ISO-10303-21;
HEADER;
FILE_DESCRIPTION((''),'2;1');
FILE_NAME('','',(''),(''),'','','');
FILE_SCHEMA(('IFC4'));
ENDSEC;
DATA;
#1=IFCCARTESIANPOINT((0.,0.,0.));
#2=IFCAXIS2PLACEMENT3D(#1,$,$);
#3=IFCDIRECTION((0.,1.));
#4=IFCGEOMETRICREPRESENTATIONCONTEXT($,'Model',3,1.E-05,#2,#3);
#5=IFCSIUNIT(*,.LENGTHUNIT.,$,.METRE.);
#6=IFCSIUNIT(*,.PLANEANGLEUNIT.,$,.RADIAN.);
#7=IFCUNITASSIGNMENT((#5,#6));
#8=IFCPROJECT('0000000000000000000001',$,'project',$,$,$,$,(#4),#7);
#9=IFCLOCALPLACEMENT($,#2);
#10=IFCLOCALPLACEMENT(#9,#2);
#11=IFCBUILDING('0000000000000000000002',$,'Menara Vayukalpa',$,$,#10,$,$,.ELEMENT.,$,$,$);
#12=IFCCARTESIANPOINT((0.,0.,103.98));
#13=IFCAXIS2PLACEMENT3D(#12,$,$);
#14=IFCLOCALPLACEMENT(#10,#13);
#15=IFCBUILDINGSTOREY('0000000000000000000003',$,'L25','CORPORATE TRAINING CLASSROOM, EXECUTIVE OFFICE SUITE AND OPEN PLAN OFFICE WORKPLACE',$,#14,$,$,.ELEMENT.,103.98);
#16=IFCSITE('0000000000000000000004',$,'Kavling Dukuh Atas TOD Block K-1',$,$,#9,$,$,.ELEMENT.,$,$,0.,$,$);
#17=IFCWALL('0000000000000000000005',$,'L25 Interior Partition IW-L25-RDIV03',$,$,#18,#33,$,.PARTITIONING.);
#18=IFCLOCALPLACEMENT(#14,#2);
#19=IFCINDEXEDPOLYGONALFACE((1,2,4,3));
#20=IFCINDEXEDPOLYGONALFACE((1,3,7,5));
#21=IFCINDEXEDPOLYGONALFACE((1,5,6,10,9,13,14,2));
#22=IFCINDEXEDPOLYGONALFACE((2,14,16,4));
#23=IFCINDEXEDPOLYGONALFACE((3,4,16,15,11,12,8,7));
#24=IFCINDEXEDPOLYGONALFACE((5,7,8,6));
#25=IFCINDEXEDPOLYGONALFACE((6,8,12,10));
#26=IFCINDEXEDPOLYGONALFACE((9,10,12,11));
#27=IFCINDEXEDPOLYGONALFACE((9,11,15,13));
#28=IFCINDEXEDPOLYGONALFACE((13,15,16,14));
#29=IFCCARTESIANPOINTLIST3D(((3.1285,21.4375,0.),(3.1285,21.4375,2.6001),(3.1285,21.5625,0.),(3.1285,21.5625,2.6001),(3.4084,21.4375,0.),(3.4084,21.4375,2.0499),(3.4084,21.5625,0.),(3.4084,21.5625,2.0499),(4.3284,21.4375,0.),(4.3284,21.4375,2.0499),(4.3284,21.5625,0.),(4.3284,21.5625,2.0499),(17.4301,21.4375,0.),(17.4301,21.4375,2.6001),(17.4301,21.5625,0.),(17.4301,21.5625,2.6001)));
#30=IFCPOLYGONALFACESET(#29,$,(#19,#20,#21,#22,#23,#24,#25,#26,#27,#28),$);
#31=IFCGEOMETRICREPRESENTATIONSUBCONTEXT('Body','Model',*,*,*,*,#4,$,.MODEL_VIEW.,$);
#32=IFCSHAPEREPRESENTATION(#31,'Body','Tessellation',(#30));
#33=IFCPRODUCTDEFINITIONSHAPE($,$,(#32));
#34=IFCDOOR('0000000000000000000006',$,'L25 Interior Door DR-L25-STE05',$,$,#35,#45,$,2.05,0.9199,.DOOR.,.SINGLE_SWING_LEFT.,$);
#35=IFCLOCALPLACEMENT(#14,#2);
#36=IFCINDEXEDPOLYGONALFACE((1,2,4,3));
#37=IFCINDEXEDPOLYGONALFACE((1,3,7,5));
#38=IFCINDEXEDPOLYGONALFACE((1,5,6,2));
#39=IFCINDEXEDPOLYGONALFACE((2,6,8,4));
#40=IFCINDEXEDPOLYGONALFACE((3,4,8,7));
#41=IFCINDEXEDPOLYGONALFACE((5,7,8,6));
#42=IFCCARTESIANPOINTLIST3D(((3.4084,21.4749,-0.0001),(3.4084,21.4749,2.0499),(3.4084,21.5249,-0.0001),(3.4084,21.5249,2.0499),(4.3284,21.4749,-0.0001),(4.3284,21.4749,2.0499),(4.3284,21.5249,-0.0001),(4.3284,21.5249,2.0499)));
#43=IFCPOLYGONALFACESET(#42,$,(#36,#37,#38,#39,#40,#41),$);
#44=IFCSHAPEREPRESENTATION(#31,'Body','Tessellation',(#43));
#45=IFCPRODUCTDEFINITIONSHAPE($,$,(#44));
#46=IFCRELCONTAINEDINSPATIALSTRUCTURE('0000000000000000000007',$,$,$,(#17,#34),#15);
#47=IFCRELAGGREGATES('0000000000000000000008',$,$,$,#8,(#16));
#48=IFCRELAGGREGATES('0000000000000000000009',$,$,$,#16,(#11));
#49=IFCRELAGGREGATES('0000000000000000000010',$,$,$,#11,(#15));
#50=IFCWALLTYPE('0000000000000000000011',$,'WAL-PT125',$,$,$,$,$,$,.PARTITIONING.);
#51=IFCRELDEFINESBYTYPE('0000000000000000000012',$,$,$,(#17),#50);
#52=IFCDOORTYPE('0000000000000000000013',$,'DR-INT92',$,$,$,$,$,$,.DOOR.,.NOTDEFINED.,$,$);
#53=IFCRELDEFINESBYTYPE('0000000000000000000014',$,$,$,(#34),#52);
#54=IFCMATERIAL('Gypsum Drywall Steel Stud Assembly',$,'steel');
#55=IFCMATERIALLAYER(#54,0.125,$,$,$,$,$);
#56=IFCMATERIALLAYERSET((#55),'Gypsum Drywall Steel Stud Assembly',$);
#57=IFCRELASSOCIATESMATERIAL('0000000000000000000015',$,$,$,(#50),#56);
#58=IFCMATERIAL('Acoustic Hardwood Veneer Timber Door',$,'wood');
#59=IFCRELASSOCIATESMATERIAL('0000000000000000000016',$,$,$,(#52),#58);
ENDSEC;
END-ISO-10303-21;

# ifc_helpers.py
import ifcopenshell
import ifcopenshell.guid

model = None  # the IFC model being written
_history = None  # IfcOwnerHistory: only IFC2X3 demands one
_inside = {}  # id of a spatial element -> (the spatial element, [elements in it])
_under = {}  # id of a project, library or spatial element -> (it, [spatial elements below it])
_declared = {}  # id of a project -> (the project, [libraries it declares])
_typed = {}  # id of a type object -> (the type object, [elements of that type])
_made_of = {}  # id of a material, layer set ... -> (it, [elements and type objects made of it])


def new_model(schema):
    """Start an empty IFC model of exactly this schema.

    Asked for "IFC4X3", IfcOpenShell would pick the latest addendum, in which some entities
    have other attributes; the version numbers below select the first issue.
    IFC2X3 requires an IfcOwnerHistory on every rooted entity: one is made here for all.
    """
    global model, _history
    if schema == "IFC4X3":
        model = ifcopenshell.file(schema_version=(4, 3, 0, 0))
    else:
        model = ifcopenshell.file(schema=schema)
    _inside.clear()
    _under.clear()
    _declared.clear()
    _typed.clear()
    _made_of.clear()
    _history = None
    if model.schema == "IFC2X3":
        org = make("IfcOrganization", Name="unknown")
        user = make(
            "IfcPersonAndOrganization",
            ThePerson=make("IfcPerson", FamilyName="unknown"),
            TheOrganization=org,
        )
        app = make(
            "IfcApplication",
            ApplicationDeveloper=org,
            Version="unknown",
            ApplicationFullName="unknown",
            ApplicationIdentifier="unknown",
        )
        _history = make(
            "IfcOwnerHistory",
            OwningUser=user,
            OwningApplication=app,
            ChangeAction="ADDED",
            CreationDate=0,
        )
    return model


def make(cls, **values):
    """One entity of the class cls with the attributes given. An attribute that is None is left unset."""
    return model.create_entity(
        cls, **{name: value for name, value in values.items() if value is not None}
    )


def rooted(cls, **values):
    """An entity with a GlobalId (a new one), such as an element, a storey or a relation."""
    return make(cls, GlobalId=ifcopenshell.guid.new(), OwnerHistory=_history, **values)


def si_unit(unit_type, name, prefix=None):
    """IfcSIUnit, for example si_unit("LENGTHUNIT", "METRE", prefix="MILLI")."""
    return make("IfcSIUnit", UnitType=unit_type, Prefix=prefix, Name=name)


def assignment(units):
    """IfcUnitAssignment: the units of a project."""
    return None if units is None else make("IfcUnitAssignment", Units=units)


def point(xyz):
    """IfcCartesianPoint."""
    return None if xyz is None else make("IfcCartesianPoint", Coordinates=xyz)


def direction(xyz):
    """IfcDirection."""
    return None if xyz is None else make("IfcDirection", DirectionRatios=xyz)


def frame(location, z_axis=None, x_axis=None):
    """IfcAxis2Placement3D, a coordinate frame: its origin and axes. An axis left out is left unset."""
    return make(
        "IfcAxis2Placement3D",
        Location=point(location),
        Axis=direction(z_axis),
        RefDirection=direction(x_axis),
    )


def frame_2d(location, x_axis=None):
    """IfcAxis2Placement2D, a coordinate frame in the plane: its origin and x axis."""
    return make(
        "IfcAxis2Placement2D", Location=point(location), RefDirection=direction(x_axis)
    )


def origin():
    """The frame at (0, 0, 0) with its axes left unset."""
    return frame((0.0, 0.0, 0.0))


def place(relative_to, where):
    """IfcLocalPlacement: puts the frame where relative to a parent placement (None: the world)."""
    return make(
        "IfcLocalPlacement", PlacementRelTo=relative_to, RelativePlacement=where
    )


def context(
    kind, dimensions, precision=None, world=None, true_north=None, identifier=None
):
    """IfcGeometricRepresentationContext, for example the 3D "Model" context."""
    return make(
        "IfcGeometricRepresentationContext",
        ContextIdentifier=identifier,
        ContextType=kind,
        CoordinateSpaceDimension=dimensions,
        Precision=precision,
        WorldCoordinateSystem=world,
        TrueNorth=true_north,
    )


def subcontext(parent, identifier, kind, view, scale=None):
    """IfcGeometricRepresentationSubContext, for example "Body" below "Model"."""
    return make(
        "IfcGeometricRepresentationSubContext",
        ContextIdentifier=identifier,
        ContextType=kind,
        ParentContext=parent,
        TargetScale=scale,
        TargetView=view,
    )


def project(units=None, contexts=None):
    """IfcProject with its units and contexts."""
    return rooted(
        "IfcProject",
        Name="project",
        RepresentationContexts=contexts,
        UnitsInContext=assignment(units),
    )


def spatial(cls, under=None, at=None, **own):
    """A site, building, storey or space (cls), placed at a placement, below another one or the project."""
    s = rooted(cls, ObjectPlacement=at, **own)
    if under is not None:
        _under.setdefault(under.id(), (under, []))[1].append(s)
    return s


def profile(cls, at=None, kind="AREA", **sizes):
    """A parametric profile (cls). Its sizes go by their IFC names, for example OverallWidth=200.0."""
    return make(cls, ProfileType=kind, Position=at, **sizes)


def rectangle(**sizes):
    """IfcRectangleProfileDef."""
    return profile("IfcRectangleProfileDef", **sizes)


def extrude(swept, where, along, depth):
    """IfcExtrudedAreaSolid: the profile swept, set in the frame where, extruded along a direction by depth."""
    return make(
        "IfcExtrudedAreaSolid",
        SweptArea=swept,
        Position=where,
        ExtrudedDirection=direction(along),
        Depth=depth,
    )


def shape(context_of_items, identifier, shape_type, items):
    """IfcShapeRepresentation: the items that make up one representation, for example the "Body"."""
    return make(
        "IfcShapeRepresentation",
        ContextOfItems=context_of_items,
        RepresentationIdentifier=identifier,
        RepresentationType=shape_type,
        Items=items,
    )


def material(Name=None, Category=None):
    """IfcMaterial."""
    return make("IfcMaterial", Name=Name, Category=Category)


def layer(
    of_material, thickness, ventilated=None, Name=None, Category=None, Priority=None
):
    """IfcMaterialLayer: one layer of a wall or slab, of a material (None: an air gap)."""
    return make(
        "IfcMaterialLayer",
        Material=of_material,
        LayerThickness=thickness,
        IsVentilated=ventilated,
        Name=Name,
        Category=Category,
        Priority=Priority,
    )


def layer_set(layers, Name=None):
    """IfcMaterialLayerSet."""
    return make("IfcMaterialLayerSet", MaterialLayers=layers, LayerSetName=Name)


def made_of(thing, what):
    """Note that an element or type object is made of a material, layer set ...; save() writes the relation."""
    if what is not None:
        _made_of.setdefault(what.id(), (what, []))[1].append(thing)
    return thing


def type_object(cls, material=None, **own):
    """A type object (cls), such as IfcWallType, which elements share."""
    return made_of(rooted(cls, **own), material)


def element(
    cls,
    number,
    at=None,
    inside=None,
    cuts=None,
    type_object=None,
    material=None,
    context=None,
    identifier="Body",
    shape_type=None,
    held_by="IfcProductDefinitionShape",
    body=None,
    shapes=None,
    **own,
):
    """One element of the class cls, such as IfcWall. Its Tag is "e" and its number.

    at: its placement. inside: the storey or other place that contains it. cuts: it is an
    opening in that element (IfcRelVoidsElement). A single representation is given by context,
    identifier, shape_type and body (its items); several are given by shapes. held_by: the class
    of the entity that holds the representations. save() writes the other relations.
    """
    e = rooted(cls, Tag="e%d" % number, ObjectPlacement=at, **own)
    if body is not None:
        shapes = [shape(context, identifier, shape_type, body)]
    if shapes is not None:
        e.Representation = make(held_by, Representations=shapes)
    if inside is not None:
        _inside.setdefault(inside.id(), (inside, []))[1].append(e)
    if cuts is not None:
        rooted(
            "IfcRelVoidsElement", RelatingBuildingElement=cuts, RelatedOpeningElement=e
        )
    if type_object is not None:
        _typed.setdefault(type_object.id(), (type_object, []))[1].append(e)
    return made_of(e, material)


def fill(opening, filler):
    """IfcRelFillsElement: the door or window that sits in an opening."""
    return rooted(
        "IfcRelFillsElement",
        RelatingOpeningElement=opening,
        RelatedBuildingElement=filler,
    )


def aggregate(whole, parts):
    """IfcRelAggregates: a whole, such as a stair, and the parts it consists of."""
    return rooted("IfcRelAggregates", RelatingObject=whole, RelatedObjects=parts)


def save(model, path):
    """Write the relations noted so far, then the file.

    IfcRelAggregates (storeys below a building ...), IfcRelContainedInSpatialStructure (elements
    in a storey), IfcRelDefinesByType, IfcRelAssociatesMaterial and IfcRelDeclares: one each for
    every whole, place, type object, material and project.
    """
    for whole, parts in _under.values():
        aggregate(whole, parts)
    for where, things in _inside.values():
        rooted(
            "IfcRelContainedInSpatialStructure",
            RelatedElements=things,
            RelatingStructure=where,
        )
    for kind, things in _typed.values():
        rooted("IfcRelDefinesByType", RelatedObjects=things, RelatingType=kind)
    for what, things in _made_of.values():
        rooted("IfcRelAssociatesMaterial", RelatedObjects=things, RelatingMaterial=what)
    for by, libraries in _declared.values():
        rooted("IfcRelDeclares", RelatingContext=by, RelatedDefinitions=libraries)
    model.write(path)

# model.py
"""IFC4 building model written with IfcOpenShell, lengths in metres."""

from ifc_helpers import new_model, si_unit, direction, frame, frame_2d, origin, place, context, subcontext, project, spatial, rectangle, extrude, material, layer, layer_set, type_object, element, fill, save


model = new_model("IFC4")

# Units and contexts
model_context = context("Model", 3, precision=1e-05, world=origin(), true_north=direction((0.0, 1.0)))
body_context = subcontext(model_context, "Body", "Model", "MODEL_VIEW")
ifc_project = project(units=[si_unit("LENGTHUNIT", "METRE"), si_unit("PLANEANGLEUNIT", "RADIAN")], contexts=[model_context])

# Site, building, storey
site_placement = place(None, origin())
site = spatial("IfcSite", under=ifc_project, at=site_placement, Name="Kavling Dukuh Atas TOD Block K-1", CompositionType="ELEMENT", RefElevation=0.0)
building_placement = place(site_placement, origin())
building = spatial("IfcBuilding", under=site, at=building_placement, Name="Menara Vayukalpa", CompositionType="ELEMENT")
storey_placement = place(building_placement, frame((0.0, 0.0, 103.98)))
storey = spatial("IfcBuildingStorey", under=building, at=storey_placement, Name="L25", Description="CORPORATE TRAINING CLASSROOM, EXECUTIVE OFFICE SUITE AND OPEN PLAN OFFICE WORKPLACE", CompositionType="ELEMENT", Elevation=103.98)

# Wall, opening, door
ifc_material_1 = material(Name="Gypsum Drywall Steel Stud Assembly", Category="steel")
ifc_layer_1 = layer(ifc_material_1, 0.125)
ifc_layer_set_1 = layer_set([ifc_layer_1], Name="Gypsum Drywall Steel Stud Assembly")
wall_type_1 = type_object("IfcWallType", Name="WAL-PT125", PredefinedType="PARTITIONING", material=ifc_layer_set_1)
wall_1_placement = place(storey_placement, frame((3.1284, 21.5, 0.0), z_axis=(0.0, 0.0, 1.0), x_axis=(1.0, 0.0, 0.0)))
wall_1 = element("IfcWall", 1, at=wall_1_placement, inside=storey, type_object=wall_type_1, Name="L25 Interior Partition IW-L25-RDIV03", PredefinedType="PARTITIONING", context=body_context, shape_type="SweptSolid", body=[
    extrude(rectangle(XDim=14.3015, YDim=0.125, at=frame_2d((7.1509, 0.0))), origin(), (0.0, 0.0, 1.0), 2.6001),
])
opening_placement = place(wall_1_placement, frame((0.28, 0.0, 0.0)))
opening = element("IfcOpeningElement", 2, at=opening_placement, cuts=wall_1, PredefinedType="OPENING", context=body_context, shape_type="SweptSolid", body=[
    extrude(rectangle(XDim=0.9199, YDim=2.05, at=frame_2d((0.46, 1.0249))), frame((0.0, 0.0725, 0.0), z_axis=(0.0, -1.0, 0.0), x_axis=(1.0, 0.0, 0.0)), (0.0, 0.0, 1.0), 0.145),
])
ifc_material_2 = material(Name="Acoustic Hardwood Veneer Timber Door", Category="wood")
door_type = type_object("IfcDoorType", Name="DR-INT92", OperationType="NOTDEFINED", PredefinedType="DOOR", material=ifc_material_2)
door_placement = place(opening_placement, origin())
door = element("IfcDoor", 3, at=door_placement, inside=storey, type_object=door_type, Name="L25 Interior Door DR-L25-STE05", OperationType="SINGLE_SWING_LEFT", OverallHeight=2.05, OverallWidth=0.9199, PredefinedType="DOOR", context=body_context, shape_type="SweptSolid", body=[
    extrude(rectangle(XDim=0.9199, YDim=2.05, at=frame_2d((0.46, 1.0249))), frame((0.0, 0.0249, 0.0), z_axis=(0.0, -1.0, 0.0), x_axis=(1.0, 0.0, 0.0)), (0.0, 0.0, 1.0), 0.05),
])
fill(opening, door)

save(model, "model.ifc")
